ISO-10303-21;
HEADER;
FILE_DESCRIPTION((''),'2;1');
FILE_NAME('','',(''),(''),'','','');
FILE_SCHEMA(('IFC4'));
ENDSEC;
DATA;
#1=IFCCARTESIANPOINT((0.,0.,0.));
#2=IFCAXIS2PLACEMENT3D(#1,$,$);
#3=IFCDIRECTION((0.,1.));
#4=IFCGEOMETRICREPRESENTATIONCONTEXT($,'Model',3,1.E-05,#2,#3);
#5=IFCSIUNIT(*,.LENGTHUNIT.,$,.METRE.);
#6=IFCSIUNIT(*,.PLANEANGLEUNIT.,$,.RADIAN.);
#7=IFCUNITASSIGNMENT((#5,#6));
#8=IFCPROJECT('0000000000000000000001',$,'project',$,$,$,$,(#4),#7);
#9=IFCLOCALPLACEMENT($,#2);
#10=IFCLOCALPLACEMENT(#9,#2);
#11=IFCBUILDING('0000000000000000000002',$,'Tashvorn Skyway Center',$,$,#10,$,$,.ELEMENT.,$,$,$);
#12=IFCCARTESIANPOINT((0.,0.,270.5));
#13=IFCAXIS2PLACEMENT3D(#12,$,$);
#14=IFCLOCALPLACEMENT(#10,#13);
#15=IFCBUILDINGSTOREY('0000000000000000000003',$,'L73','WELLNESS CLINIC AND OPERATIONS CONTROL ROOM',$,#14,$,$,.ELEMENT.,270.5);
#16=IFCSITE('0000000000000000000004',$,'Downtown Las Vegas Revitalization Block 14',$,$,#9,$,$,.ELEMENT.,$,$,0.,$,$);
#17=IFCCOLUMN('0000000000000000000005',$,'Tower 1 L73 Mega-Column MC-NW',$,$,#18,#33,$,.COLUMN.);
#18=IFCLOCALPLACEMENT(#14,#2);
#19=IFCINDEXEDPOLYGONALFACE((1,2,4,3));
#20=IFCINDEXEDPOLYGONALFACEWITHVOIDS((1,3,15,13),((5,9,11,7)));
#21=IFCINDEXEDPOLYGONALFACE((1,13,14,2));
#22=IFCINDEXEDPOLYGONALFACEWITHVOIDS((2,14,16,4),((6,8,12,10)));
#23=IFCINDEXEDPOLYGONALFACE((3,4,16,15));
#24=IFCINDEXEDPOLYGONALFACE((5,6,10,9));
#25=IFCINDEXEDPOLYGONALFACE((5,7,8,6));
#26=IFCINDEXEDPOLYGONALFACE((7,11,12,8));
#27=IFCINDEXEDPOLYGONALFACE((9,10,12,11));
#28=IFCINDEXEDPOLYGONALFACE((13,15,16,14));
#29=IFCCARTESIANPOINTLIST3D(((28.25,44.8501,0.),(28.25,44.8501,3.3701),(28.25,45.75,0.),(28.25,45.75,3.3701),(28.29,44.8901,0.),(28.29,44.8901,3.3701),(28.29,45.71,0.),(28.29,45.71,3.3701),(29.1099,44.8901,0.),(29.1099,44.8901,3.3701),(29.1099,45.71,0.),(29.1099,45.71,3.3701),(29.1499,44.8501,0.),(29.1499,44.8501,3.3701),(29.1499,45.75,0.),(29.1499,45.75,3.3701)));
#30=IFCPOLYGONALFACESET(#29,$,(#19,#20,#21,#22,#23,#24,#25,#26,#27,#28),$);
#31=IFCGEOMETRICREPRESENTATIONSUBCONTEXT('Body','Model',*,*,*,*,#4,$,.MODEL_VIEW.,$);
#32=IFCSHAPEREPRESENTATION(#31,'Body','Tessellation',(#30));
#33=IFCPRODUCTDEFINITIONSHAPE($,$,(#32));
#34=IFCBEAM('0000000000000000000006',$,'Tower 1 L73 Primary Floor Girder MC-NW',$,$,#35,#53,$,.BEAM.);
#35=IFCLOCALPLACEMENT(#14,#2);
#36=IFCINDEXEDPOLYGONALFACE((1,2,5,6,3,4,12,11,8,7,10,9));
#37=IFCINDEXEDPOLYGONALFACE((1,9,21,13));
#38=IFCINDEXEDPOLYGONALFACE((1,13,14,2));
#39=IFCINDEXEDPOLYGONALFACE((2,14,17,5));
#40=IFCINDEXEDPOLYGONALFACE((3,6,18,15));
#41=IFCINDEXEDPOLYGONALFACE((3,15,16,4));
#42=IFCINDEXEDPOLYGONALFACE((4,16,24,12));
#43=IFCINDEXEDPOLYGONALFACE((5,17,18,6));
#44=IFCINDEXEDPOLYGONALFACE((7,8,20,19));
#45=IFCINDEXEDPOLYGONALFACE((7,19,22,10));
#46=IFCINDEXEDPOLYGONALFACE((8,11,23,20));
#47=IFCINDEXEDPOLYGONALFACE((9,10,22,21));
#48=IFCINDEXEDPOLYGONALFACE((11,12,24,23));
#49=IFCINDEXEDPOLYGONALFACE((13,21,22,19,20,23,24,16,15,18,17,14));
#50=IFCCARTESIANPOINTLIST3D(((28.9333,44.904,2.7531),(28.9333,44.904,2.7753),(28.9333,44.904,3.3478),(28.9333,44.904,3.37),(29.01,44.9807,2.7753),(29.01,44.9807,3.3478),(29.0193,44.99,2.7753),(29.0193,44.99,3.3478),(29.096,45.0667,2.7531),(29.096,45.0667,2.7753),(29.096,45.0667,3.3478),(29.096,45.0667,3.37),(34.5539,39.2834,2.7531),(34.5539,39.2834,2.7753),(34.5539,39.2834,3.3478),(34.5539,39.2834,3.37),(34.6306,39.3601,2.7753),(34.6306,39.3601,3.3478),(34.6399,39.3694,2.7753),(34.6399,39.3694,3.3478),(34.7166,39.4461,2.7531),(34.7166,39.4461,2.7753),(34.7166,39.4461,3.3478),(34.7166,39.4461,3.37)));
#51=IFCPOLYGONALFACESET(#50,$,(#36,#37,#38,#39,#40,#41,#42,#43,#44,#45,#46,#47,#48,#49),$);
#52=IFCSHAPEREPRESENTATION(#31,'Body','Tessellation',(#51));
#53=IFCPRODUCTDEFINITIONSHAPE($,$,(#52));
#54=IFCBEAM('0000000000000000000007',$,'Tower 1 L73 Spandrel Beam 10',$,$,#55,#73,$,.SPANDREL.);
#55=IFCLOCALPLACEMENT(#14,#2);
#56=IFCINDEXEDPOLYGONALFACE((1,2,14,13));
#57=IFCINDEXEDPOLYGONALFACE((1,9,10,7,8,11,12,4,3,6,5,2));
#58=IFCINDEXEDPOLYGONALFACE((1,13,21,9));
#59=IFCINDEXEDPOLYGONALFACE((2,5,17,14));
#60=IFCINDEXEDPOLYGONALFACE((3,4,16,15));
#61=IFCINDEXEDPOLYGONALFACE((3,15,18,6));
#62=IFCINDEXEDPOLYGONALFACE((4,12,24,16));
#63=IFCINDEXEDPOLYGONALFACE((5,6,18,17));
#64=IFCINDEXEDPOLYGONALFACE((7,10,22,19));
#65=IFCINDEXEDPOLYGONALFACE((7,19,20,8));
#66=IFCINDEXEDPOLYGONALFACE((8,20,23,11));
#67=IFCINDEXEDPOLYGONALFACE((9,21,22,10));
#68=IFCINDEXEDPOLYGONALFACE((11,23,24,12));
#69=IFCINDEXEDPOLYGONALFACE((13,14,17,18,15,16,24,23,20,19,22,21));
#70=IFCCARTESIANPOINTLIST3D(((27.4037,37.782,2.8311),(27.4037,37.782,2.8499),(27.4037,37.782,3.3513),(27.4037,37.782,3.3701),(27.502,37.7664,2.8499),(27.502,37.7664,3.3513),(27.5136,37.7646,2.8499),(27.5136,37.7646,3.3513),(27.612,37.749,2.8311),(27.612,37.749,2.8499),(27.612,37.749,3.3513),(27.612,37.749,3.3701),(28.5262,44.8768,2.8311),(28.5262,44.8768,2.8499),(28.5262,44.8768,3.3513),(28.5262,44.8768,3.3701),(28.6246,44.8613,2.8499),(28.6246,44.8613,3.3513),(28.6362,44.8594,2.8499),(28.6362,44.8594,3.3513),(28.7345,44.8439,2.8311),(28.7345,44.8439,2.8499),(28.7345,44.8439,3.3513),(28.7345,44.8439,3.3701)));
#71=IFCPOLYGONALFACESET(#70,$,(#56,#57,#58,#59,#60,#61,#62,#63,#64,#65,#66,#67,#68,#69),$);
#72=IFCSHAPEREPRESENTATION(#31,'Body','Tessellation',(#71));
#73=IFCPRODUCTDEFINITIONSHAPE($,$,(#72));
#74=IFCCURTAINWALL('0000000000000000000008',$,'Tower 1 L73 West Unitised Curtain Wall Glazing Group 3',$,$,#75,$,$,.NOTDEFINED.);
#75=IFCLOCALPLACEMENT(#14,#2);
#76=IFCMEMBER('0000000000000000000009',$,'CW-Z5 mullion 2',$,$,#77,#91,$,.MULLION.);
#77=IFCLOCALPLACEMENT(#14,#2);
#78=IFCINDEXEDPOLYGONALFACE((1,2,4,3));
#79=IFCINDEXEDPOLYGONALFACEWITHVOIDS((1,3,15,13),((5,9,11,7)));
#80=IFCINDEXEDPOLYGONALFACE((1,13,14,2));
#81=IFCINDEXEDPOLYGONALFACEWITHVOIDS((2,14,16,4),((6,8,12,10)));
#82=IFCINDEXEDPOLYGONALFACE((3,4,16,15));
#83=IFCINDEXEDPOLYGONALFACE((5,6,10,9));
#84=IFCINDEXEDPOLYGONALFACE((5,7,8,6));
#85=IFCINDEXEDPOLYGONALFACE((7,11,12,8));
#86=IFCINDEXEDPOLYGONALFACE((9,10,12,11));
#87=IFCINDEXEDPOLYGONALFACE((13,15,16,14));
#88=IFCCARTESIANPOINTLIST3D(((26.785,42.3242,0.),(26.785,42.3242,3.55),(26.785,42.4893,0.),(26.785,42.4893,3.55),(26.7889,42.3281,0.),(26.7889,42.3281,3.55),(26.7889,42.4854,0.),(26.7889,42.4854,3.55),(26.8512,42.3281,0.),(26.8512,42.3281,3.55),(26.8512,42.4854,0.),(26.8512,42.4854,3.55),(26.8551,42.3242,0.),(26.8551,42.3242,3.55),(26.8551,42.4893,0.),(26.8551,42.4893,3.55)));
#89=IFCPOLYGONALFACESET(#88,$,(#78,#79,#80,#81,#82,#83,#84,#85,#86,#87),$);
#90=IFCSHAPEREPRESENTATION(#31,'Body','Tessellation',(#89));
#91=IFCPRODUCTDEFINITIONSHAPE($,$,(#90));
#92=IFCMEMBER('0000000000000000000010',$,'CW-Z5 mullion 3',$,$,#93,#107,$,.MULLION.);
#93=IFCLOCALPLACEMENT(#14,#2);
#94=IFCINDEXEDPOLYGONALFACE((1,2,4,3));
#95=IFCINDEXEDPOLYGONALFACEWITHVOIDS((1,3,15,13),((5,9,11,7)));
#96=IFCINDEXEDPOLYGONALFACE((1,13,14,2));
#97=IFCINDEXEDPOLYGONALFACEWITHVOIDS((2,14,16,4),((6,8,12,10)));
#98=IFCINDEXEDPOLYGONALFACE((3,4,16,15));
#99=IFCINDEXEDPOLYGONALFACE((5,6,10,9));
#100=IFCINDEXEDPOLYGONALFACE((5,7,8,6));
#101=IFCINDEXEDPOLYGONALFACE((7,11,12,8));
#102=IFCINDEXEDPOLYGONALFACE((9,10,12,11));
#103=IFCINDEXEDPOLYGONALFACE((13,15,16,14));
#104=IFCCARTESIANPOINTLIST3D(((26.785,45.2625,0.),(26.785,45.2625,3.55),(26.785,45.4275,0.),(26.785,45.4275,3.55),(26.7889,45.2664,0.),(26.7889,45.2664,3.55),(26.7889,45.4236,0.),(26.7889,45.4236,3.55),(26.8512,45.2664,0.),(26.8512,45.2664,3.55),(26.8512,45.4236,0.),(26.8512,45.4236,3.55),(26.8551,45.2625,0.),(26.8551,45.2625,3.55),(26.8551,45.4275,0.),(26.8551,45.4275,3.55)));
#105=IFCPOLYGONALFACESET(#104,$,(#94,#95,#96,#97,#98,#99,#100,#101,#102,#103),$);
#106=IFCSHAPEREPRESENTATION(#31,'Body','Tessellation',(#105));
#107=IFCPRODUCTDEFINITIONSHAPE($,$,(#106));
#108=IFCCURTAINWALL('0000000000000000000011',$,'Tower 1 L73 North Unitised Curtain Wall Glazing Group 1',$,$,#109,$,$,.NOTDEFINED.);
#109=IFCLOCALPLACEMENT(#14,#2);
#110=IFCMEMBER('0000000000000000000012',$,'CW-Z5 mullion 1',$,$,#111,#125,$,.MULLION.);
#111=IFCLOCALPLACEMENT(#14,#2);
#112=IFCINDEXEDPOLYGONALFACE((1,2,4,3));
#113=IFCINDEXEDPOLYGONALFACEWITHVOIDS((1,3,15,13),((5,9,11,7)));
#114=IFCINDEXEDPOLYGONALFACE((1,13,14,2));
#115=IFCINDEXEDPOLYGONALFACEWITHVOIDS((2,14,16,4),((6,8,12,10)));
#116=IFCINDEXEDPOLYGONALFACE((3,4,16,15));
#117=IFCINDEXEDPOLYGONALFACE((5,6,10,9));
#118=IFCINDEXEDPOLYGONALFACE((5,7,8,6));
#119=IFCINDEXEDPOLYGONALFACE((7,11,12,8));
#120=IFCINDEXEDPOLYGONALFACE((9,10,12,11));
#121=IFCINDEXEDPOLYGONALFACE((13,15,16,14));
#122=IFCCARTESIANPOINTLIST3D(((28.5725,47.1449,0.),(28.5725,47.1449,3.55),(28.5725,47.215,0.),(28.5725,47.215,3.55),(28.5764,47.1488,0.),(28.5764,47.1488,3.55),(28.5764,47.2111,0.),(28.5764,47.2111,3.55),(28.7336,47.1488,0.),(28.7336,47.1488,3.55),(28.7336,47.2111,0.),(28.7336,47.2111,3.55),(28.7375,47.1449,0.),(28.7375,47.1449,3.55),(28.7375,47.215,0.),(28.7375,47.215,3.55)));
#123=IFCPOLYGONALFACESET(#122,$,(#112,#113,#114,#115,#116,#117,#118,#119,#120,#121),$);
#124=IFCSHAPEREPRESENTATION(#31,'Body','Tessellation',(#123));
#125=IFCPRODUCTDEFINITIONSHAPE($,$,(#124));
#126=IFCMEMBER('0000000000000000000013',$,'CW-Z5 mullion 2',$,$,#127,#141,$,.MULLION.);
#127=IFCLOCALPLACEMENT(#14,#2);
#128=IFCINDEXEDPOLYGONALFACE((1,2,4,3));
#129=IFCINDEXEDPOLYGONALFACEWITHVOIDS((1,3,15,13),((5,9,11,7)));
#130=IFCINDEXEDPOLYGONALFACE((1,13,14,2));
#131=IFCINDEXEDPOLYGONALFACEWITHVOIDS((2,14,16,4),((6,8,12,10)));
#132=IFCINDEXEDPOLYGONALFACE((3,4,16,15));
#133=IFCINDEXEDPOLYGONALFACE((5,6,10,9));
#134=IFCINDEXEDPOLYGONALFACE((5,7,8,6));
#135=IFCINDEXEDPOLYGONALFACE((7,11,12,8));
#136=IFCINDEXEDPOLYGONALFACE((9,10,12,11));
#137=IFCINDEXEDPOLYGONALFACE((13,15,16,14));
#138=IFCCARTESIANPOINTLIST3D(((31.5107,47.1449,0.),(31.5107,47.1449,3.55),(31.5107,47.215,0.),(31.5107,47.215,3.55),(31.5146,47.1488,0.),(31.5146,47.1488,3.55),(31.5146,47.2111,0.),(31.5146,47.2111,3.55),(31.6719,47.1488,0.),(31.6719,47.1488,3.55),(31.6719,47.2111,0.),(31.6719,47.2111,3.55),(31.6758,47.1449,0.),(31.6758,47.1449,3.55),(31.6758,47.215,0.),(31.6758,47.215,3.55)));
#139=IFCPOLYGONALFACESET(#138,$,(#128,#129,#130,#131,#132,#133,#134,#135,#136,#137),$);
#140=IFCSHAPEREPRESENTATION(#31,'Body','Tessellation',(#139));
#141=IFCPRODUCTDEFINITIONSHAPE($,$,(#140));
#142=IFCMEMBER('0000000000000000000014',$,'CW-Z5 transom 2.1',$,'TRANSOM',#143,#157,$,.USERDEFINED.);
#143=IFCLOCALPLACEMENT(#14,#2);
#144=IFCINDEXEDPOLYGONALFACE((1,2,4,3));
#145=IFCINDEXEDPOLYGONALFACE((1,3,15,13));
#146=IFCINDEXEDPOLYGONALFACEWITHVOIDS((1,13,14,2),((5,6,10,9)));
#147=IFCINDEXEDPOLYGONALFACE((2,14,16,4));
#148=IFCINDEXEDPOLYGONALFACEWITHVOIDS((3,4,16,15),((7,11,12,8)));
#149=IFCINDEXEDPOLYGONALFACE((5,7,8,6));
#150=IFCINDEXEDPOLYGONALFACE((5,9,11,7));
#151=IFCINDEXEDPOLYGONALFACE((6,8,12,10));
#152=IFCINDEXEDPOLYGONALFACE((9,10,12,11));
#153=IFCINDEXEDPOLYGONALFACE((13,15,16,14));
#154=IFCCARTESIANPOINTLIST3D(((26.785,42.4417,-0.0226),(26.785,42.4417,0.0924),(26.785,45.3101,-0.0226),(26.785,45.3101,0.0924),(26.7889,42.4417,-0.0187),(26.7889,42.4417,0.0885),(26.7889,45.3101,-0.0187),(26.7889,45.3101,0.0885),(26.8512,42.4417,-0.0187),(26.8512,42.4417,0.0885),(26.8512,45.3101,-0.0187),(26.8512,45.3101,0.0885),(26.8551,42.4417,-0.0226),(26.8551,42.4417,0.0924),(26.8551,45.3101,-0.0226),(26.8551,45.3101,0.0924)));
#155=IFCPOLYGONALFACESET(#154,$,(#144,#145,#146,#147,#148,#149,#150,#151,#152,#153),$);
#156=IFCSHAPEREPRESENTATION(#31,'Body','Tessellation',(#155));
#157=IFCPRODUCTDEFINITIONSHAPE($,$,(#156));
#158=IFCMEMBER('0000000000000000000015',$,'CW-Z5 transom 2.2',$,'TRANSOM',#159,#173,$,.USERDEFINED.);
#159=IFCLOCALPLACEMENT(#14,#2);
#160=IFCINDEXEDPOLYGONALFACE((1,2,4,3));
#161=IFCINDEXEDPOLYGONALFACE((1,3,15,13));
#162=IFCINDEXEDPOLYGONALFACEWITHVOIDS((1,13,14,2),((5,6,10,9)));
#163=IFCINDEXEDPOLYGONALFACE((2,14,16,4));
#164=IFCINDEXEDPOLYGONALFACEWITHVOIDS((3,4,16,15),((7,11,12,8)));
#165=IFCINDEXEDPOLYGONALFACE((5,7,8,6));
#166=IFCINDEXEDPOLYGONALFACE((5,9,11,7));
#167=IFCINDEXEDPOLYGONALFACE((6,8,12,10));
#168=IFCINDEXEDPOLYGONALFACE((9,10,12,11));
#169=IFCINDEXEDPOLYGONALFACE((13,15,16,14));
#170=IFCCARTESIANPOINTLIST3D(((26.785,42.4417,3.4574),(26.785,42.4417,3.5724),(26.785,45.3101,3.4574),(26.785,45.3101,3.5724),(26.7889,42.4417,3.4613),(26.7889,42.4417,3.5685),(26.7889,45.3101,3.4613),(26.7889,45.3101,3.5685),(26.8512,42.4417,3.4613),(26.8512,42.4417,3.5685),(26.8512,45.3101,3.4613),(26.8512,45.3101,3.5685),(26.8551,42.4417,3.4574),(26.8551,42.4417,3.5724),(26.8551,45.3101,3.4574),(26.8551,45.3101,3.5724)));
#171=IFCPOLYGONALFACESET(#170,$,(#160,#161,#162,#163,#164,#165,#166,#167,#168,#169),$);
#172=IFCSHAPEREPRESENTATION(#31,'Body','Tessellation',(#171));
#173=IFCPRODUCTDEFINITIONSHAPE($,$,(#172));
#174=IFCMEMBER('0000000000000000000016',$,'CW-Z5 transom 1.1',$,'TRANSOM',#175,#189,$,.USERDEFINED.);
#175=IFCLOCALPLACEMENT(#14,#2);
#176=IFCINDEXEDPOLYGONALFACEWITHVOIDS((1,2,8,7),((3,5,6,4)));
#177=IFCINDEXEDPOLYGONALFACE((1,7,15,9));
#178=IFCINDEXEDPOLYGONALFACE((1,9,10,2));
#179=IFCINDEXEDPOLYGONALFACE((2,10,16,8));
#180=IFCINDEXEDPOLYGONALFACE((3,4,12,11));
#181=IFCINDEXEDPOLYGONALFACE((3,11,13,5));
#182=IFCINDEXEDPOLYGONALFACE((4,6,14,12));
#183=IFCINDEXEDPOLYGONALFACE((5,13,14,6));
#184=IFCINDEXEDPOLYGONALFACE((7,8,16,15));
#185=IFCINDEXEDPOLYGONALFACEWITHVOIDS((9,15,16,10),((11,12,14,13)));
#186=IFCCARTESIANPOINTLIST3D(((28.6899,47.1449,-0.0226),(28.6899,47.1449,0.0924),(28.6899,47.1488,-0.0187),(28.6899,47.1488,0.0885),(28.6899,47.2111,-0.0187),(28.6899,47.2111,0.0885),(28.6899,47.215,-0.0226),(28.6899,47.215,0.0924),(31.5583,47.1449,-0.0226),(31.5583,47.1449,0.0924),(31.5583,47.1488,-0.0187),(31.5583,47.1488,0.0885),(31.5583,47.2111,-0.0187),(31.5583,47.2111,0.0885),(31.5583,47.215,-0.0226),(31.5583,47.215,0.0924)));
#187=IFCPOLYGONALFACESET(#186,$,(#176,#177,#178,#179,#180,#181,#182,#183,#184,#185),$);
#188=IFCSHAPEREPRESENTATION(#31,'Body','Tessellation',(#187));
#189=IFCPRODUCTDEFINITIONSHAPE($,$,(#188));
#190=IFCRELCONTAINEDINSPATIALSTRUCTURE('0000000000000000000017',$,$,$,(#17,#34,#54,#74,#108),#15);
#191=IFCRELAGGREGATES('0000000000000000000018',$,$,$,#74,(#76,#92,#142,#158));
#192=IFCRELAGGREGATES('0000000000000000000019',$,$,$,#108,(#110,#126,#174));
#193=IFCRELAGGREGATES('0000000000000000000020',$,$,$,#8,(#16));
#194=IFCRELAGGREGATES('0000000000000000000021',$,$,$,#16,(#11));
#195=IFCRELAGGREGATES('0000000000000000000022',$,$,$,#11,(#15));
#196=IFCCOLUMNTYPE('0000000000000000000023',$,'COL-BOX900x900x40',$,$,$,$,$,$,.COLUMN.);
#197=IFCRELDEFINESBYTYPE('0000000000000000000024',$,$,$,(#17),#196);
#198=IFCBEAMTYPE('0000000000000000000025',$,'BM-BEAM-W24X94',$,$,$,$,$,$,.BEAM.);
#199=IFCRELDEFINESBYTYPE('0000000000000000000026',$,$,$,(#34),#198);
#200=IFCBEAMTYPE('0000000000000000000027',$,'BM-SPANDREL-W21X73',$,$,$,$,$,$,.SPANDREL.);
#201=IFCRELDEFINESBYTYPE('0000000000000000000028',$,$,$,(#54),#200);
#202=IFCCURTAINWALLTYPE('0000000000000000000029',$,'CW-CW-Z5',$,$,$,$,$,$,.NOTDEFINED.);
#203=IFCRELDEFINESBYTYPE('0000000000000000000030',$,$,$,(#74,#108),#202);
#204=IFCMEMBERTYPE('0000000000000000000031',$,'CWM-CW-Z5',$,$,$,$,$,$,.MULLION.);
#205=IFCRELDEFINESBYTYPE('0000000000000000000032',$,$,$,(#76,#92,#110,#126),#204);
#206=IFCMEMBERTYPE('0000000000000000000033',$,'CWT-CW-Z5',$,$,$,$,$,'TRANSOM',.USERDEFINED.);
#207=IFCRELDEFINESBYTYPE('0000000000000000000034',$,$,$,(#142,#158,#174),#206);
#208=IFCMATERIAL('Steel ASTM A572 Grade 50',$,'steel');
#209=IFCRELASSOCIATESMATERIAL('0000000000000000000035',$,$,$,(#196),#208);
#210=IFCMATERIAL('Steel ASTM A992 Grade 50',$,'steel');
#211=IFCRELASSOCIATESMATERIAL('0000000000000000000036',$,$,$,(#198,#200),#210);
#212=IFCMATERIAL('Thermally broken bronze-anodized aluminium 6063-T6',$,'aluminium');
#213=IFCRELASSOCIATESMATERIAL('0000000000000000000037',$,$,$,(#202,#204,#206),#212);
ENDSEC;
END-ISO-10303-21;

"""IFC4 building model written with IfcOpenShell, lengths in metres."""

from ifc_helpers import new_model, si_unit, direction, frame, origin, origin_2d, place, context, subcontext, project, spatial, hollow_rectangle, i_section, extrude, material, material_profile, profile_set, type_object, element, aggregate, save


model = new_model("IFC4")

# Units and contexts
model_context = context("Model", 3, precision=1e-05, world=origin(), true_north=direction((0.0, 1.0)))
body_context = subcontext(model_context, "Body", "Model", "MODEL_VIEW")
ifc_project = project(units=[si_unit("LENGTHUNIT", "METRE"), si_unit("PLANEANGLEUNIT", "RADIAN")], contexts=[model_context])

# Site, building, storey
site_placement = place(None, origin())
site = spatial("IfcSite", under=ifc_project, at=site_placement, Name="Downtown Las Vegas Revitalization Block 14", CompositionType="ELEMENT", RefElevation=0.0)
building_placement = place(site_placement, origin())
building = spatial("IfcBuilding", under=site, at=building_placement, Name="Tashvorn Skyway Center", CompositionType="ELEMENT")
storey_placement = place(building_placement, frame((0.0, 0.0, 270.5)))
storey = spatial("IfcBuildingStorey", under=building, at=storey_placement, Name="L73", Description="WELLNESS CLINIC AND OPERATIONS CONTROL ROOM", CompositionType="ELEMENT", Elevation=270.5)

# Column
ifc_material_1 = material(Name="Steel ASTM A572 Grade 50", Category="steel")
ifc_material_profile_1 = material_profile(ifc_material_1, hollow_rectangle(XDim=0.8999, YDim=0.8999, WallThickness=0.04, at=origin_2d()), Name="BOX900x900x40")
ifc_profile_set_1 = profile_set([ifc_material_profile_1], Name="Steel ASTM A572 Grade 50")
column_type = type_object("IfcColumnType", Name="COL-BOX900x900x40", PredefinedType="COLUMN", material=ifc_profile_set_1)
column_placement = place(storey_placement, frame((28.7, 45.3, 0.0), z_axis=(0.0, 0.0, 1.0), x_axis=(1.0, 0.0, 0.0)))
element("IfcColumn", 1, at=column_placement, inside=storey, type_object=column_type, Name="Tower 1 L73 Mega-Column MC-NW", PredefinedType="COLUMN", context=body_context, shape_type="SweptSolid", body=[
    extrude(hollow_rectangle(XDim=0.8999, YDim=0.8999, WallThickness=0.04, at=origin_2d()), origin(), (0.0, 0.0, 1.0), 3.3701),
])

# Beams
ifc_material_2 = material(Name="Steel ASTM A992 Grade 50", Category="steel")
ifc_material_profile_2 = material_profile(ifc_material_2, i_section(OverallWidth=0.23, OverallDepth=0.6169, WebThickness=0.0132, FlangeThickness=0.0222, at=origin_2d()), Name="W24X94")
ifc_profile_set_2 = profile_set([ifc_material_profile_2], Name="Steel ASTM A992 Grade 50")
beam_type_1 = type_object("IfcBeamType", Name="BM-BEAM-W24X94", PredefinedType="BEAM", material=ifc_profile_set_2)
beam_1_placement = place(storey_placement, frame((29.0146, 44.9854, 3.0615), z_axis=(0.707107, -0.707107, 0.0), x_axis=(0.707107, 0.707107, 0.0)))
element("IfcBeam", 2, at=beam_1_placement, inside=storey, type_object=beam_type_1, Name="Tower 1 L73 Primary Floor Girder MC-NW", PredefinedType="BEAM", context=body_context, shape_type="SweptSolid", body=[
    extrude(i_section(OverallWidth=0.23, OverallDepth=0.6169, WebThickness=0.0132, FlangeThickness=0.0222, at=origin_2d()), origin(), (0.0, 0.0, 1.0), 7.9487),
])
ifc_material_profile_3 = material_profile(ifc_material_2, i_section(OverallWidth=0.2109, OverallDepth=0.5391, WebThickness=0.0117, FlangeThickness=0.0188, at=origin_2d()), Name="W21X73")
ifc_profile_set_3 = profile_set([ifc_material_profile_3], Name="Steel ASTM A992 Grade 50")
beam_type_2 = type_object("IfcBeamType", Name="BM-SPANDREL-W21X73", PredefinedType="SPANDREL", material=ifc_profile_set_3)
beam_2_placement = place(storey_placement, frame((28.6304, 44.8604, 3.1006), z_axis=(-0.156275, -0.987714, 0.0), x_axis=(0.987714, -0.156275, 0.0)))
element("IfcBeam", 3, at=beam_2_placement, inside=storey, type_object=beam_type_2, Name="Tower 1 L73 Spandrel Beam 10", PredefinedType="SPANDREL", context=body_context, shape_type="SweptSolid", body=[
    extrude(i_section(OverallWidth=0.2109, OverallDepth=0.5391, WebThickness=0.0117, FlangeThickness=0.0188, at=origin_2d()), origin(), (0.0, 0.0, 1.0), 7.1831),
])

# Curtain walls, members
ifc_material_3 = material(Name="Thermally broken bronze-anodized aluminium 6063-T6", Category="aluminium")
curtain_wall_type = type_object("IfcCurtainWallType", Name="CW-CW-Z5", PredefinedType="NOTDEFINED", material=ifc_material_3)
curtain_wall_1_placement = place(storey_placement, origin())
curtain_wall_1 = element("IfcCurtainWall", 4, at=curtain_wall_1_placement, inside=storey, type_object=curtain_wall_type, Name="Tower 1 L73 West Unitised Curtain Wall Glazing Group 3", PredefinedType="NOTDEFINED")
ifc_material_profile_4 = material_profile(ifc_material_3, hollow_rectangle(XDim=0.0701, YDim=0.165, WallThickness=0.0039, at=origin_2d()), Name="ALU-MULL-70x165")
ifc_profile_set_4 = profile_set([ifc_material_profile_4], Name="Thermally broken bronze-anodized aluminium 6063-T6")
member_type_1 = type_object("IfcMemberType", Name="CWM-CW-Z5", PredefinedType="MULLION", material=ifc_profile_set_4)
member_1_placement = place(storey_placement, frame((26.8201, 42.4067, 0.0), z_axis=(0.0, 0.0, 1.0), x_axis=(-1.0, 0.0, 0.0)))
member_1 = element("IfcMember", 5, at=member_1_placement, type_object=member_type_1, Name="CW-Z5 mullion 2", PredefinedType="MULLION", context=body_context, shape_type="SweptSolid", body=[
    extrude(hollow_rectangle(XDim=0.0701, YDim=0.165, WallThickness=0.0039, at=origin_2d()), origin(), (0.0, 0.0, 1.0), 3.55),
])
member_2_placement = place(storey_placement, frame((26.8201, 45.345, 0.0), z_axis=(0.0, 0.0, 1.0), x_axis=(-1.0, 0.0, 0.0)))
member_2 = element("IfcMember", 6, at=member_2_placement, type_object=member_type_1, Name="CW-Z5 mullion 3", PredefinedType="MULLION", context=body_context, shape_type="SweptSolid", body=[
    extrude(hollow_rectangle(XDim=0.0701, YDim=0.165, WallThickness=0.0039, at=origin_2d()), origin(), (0.0, 0.0, 1.0), 3.55),
])
curtain_wall_2_placement = place(storey_placement, origin())
curtain_wall_2 = element("IfcCurtainWall", 7, at=curtain_wall_2_placement, inside=storey, type_object=curtain_wall_type, Name="Tower 1 L73 North Unitised Curtain Wall Glazing Group 1", PredefinedType="NOTDEFINED")
member_3_placement = place(storey_placement, frame((28.655, 47.1799, 0.0), z_axis=(0.0, 0.0, 1.0), x_axis=(0.0, 1.0, 0.0)))
member_3 = element("IfcMember", 8, at=member_3_placement, type_object=member_type_1, Name="CW-Z5 mullion 1", PredefinedType="MULLION", context=body_context, shape_type="SweptSolid", body=[
    extrude(hollow_rectangle(XDim=0.0701, YDim=0.165, WallThickness=0.0039, at=origin_2d()), origin(), (0.0, 0.0, 1.0), 3.55),
])
member_4_placement = place(storey_placement, frame((31.5933, 47.1799, 0.0), z_axis=(0.0, 0.0, 1.0), x_axis=(0.0, 1.0, 0.0)))
member_4 = element("IfcMember", 9, at=member_4_placement, type_object=member_type_1, Name="CW-Z5 mullion 2", PredefinedType="MULLION", context=body_context, shape_type="SweptSolid", body=[
    extrude(hollow_rectangle(XDim=0.0701, YDim=0.165, WallThickness=0.0039, at=origin_2d()), origin(), (0.0, 0.0, 1.0), 3.55),
])

# Members
ifc_material_profile_5 = material_profile(ifc_material_3, hollow_rectangle(XDim=0.0701, YDim=0.115, WallThickness=0.0039, at=origin_2d()), Name="ALU-TRAN-70x115")
ifc_profile_set_5 = profile_set([ifc_material_profile_5], Name="Thermally broken bronze-anodized aluminium 6063-T6")
member_type_2 = type_object("IfcMemberType", Name="CWT-CW-Z5", ElementType="TRANSOM", PredefinedType="USERDEFINED", material=ifc_profile_set_5)
member_5_placement = place(storey_placement, frame((26.8201, 42.4417, 0.0349), z_axis=(0.0, 1.0, 0.0), x_axis=(-1.0, 0.0, 0.0)))
member_5 = element("IfcMember", 10, at=member_5_placement, type_object=member_type_2, Name="CW-Z5 transom 2.1", ObjectType="TRANSOM", PredefinedType="USERDEFINED", context=body_context, shape_type="SweptSolid", body=[
    extrude(hollow_rectangle(XDim=0.0701, YDim=0.115, WallThickness=0.0039, at=origin_2d()), origin(), (0.0, 0.0, 1.0), 2.8684),
])
member_6_placement = place(storey_placement, frame((26.8201, 42.4417, 3.5149), z_axis=(0.0, 1.0, 0.0), x_axis=(-1.0, 0.0, 0.0)))
member_6 = element("IfcMember", 11, at=member_6_placement, type_object=member_type_2, Name="CW-Z5 transom 2.2", ObjectType="TRANSOM", PredefinedType="USERDEFINED", context=body_context, shape_type="SweptSolid", body=[
    extrude(hollow_rectangle(XDim=0.0701, YDim=0.115, WallThickness=0.0039, at=origin_2d()), origin(), (0.0, 0.0, 1.0), 2.8684),
])
member_7_placement = place(storey_placement, frame((28.6899, 47.1799, 0.0349), z_axis=(1.0, 0.0, 0.0), x_axis=(0.0, 1.0, 0.0)))
member_7 = element("IfcMember", 12, at=member_7_placement, type_object=member_type_2, Name="CW-Z5 transom 1.1", ObjectType="TRANSOM", PredefinedType="USERDEFINED", context=body_context, shape_type="SweptSolid", body=[
    extrude(hollow_rectangle(XDim=0.0701, YDim=0.115, WallThickness=0.0039, at=origin_2d()), origin(), (0.0, 0.0, 1.0), 2.8684),
])

aggregate(curtain_wall_1, [member_1, member_2, member_5, member_6])
aggregate(curtain_wall_2, [member_3, member_4, member_7])

save(model, "model.ifc")
